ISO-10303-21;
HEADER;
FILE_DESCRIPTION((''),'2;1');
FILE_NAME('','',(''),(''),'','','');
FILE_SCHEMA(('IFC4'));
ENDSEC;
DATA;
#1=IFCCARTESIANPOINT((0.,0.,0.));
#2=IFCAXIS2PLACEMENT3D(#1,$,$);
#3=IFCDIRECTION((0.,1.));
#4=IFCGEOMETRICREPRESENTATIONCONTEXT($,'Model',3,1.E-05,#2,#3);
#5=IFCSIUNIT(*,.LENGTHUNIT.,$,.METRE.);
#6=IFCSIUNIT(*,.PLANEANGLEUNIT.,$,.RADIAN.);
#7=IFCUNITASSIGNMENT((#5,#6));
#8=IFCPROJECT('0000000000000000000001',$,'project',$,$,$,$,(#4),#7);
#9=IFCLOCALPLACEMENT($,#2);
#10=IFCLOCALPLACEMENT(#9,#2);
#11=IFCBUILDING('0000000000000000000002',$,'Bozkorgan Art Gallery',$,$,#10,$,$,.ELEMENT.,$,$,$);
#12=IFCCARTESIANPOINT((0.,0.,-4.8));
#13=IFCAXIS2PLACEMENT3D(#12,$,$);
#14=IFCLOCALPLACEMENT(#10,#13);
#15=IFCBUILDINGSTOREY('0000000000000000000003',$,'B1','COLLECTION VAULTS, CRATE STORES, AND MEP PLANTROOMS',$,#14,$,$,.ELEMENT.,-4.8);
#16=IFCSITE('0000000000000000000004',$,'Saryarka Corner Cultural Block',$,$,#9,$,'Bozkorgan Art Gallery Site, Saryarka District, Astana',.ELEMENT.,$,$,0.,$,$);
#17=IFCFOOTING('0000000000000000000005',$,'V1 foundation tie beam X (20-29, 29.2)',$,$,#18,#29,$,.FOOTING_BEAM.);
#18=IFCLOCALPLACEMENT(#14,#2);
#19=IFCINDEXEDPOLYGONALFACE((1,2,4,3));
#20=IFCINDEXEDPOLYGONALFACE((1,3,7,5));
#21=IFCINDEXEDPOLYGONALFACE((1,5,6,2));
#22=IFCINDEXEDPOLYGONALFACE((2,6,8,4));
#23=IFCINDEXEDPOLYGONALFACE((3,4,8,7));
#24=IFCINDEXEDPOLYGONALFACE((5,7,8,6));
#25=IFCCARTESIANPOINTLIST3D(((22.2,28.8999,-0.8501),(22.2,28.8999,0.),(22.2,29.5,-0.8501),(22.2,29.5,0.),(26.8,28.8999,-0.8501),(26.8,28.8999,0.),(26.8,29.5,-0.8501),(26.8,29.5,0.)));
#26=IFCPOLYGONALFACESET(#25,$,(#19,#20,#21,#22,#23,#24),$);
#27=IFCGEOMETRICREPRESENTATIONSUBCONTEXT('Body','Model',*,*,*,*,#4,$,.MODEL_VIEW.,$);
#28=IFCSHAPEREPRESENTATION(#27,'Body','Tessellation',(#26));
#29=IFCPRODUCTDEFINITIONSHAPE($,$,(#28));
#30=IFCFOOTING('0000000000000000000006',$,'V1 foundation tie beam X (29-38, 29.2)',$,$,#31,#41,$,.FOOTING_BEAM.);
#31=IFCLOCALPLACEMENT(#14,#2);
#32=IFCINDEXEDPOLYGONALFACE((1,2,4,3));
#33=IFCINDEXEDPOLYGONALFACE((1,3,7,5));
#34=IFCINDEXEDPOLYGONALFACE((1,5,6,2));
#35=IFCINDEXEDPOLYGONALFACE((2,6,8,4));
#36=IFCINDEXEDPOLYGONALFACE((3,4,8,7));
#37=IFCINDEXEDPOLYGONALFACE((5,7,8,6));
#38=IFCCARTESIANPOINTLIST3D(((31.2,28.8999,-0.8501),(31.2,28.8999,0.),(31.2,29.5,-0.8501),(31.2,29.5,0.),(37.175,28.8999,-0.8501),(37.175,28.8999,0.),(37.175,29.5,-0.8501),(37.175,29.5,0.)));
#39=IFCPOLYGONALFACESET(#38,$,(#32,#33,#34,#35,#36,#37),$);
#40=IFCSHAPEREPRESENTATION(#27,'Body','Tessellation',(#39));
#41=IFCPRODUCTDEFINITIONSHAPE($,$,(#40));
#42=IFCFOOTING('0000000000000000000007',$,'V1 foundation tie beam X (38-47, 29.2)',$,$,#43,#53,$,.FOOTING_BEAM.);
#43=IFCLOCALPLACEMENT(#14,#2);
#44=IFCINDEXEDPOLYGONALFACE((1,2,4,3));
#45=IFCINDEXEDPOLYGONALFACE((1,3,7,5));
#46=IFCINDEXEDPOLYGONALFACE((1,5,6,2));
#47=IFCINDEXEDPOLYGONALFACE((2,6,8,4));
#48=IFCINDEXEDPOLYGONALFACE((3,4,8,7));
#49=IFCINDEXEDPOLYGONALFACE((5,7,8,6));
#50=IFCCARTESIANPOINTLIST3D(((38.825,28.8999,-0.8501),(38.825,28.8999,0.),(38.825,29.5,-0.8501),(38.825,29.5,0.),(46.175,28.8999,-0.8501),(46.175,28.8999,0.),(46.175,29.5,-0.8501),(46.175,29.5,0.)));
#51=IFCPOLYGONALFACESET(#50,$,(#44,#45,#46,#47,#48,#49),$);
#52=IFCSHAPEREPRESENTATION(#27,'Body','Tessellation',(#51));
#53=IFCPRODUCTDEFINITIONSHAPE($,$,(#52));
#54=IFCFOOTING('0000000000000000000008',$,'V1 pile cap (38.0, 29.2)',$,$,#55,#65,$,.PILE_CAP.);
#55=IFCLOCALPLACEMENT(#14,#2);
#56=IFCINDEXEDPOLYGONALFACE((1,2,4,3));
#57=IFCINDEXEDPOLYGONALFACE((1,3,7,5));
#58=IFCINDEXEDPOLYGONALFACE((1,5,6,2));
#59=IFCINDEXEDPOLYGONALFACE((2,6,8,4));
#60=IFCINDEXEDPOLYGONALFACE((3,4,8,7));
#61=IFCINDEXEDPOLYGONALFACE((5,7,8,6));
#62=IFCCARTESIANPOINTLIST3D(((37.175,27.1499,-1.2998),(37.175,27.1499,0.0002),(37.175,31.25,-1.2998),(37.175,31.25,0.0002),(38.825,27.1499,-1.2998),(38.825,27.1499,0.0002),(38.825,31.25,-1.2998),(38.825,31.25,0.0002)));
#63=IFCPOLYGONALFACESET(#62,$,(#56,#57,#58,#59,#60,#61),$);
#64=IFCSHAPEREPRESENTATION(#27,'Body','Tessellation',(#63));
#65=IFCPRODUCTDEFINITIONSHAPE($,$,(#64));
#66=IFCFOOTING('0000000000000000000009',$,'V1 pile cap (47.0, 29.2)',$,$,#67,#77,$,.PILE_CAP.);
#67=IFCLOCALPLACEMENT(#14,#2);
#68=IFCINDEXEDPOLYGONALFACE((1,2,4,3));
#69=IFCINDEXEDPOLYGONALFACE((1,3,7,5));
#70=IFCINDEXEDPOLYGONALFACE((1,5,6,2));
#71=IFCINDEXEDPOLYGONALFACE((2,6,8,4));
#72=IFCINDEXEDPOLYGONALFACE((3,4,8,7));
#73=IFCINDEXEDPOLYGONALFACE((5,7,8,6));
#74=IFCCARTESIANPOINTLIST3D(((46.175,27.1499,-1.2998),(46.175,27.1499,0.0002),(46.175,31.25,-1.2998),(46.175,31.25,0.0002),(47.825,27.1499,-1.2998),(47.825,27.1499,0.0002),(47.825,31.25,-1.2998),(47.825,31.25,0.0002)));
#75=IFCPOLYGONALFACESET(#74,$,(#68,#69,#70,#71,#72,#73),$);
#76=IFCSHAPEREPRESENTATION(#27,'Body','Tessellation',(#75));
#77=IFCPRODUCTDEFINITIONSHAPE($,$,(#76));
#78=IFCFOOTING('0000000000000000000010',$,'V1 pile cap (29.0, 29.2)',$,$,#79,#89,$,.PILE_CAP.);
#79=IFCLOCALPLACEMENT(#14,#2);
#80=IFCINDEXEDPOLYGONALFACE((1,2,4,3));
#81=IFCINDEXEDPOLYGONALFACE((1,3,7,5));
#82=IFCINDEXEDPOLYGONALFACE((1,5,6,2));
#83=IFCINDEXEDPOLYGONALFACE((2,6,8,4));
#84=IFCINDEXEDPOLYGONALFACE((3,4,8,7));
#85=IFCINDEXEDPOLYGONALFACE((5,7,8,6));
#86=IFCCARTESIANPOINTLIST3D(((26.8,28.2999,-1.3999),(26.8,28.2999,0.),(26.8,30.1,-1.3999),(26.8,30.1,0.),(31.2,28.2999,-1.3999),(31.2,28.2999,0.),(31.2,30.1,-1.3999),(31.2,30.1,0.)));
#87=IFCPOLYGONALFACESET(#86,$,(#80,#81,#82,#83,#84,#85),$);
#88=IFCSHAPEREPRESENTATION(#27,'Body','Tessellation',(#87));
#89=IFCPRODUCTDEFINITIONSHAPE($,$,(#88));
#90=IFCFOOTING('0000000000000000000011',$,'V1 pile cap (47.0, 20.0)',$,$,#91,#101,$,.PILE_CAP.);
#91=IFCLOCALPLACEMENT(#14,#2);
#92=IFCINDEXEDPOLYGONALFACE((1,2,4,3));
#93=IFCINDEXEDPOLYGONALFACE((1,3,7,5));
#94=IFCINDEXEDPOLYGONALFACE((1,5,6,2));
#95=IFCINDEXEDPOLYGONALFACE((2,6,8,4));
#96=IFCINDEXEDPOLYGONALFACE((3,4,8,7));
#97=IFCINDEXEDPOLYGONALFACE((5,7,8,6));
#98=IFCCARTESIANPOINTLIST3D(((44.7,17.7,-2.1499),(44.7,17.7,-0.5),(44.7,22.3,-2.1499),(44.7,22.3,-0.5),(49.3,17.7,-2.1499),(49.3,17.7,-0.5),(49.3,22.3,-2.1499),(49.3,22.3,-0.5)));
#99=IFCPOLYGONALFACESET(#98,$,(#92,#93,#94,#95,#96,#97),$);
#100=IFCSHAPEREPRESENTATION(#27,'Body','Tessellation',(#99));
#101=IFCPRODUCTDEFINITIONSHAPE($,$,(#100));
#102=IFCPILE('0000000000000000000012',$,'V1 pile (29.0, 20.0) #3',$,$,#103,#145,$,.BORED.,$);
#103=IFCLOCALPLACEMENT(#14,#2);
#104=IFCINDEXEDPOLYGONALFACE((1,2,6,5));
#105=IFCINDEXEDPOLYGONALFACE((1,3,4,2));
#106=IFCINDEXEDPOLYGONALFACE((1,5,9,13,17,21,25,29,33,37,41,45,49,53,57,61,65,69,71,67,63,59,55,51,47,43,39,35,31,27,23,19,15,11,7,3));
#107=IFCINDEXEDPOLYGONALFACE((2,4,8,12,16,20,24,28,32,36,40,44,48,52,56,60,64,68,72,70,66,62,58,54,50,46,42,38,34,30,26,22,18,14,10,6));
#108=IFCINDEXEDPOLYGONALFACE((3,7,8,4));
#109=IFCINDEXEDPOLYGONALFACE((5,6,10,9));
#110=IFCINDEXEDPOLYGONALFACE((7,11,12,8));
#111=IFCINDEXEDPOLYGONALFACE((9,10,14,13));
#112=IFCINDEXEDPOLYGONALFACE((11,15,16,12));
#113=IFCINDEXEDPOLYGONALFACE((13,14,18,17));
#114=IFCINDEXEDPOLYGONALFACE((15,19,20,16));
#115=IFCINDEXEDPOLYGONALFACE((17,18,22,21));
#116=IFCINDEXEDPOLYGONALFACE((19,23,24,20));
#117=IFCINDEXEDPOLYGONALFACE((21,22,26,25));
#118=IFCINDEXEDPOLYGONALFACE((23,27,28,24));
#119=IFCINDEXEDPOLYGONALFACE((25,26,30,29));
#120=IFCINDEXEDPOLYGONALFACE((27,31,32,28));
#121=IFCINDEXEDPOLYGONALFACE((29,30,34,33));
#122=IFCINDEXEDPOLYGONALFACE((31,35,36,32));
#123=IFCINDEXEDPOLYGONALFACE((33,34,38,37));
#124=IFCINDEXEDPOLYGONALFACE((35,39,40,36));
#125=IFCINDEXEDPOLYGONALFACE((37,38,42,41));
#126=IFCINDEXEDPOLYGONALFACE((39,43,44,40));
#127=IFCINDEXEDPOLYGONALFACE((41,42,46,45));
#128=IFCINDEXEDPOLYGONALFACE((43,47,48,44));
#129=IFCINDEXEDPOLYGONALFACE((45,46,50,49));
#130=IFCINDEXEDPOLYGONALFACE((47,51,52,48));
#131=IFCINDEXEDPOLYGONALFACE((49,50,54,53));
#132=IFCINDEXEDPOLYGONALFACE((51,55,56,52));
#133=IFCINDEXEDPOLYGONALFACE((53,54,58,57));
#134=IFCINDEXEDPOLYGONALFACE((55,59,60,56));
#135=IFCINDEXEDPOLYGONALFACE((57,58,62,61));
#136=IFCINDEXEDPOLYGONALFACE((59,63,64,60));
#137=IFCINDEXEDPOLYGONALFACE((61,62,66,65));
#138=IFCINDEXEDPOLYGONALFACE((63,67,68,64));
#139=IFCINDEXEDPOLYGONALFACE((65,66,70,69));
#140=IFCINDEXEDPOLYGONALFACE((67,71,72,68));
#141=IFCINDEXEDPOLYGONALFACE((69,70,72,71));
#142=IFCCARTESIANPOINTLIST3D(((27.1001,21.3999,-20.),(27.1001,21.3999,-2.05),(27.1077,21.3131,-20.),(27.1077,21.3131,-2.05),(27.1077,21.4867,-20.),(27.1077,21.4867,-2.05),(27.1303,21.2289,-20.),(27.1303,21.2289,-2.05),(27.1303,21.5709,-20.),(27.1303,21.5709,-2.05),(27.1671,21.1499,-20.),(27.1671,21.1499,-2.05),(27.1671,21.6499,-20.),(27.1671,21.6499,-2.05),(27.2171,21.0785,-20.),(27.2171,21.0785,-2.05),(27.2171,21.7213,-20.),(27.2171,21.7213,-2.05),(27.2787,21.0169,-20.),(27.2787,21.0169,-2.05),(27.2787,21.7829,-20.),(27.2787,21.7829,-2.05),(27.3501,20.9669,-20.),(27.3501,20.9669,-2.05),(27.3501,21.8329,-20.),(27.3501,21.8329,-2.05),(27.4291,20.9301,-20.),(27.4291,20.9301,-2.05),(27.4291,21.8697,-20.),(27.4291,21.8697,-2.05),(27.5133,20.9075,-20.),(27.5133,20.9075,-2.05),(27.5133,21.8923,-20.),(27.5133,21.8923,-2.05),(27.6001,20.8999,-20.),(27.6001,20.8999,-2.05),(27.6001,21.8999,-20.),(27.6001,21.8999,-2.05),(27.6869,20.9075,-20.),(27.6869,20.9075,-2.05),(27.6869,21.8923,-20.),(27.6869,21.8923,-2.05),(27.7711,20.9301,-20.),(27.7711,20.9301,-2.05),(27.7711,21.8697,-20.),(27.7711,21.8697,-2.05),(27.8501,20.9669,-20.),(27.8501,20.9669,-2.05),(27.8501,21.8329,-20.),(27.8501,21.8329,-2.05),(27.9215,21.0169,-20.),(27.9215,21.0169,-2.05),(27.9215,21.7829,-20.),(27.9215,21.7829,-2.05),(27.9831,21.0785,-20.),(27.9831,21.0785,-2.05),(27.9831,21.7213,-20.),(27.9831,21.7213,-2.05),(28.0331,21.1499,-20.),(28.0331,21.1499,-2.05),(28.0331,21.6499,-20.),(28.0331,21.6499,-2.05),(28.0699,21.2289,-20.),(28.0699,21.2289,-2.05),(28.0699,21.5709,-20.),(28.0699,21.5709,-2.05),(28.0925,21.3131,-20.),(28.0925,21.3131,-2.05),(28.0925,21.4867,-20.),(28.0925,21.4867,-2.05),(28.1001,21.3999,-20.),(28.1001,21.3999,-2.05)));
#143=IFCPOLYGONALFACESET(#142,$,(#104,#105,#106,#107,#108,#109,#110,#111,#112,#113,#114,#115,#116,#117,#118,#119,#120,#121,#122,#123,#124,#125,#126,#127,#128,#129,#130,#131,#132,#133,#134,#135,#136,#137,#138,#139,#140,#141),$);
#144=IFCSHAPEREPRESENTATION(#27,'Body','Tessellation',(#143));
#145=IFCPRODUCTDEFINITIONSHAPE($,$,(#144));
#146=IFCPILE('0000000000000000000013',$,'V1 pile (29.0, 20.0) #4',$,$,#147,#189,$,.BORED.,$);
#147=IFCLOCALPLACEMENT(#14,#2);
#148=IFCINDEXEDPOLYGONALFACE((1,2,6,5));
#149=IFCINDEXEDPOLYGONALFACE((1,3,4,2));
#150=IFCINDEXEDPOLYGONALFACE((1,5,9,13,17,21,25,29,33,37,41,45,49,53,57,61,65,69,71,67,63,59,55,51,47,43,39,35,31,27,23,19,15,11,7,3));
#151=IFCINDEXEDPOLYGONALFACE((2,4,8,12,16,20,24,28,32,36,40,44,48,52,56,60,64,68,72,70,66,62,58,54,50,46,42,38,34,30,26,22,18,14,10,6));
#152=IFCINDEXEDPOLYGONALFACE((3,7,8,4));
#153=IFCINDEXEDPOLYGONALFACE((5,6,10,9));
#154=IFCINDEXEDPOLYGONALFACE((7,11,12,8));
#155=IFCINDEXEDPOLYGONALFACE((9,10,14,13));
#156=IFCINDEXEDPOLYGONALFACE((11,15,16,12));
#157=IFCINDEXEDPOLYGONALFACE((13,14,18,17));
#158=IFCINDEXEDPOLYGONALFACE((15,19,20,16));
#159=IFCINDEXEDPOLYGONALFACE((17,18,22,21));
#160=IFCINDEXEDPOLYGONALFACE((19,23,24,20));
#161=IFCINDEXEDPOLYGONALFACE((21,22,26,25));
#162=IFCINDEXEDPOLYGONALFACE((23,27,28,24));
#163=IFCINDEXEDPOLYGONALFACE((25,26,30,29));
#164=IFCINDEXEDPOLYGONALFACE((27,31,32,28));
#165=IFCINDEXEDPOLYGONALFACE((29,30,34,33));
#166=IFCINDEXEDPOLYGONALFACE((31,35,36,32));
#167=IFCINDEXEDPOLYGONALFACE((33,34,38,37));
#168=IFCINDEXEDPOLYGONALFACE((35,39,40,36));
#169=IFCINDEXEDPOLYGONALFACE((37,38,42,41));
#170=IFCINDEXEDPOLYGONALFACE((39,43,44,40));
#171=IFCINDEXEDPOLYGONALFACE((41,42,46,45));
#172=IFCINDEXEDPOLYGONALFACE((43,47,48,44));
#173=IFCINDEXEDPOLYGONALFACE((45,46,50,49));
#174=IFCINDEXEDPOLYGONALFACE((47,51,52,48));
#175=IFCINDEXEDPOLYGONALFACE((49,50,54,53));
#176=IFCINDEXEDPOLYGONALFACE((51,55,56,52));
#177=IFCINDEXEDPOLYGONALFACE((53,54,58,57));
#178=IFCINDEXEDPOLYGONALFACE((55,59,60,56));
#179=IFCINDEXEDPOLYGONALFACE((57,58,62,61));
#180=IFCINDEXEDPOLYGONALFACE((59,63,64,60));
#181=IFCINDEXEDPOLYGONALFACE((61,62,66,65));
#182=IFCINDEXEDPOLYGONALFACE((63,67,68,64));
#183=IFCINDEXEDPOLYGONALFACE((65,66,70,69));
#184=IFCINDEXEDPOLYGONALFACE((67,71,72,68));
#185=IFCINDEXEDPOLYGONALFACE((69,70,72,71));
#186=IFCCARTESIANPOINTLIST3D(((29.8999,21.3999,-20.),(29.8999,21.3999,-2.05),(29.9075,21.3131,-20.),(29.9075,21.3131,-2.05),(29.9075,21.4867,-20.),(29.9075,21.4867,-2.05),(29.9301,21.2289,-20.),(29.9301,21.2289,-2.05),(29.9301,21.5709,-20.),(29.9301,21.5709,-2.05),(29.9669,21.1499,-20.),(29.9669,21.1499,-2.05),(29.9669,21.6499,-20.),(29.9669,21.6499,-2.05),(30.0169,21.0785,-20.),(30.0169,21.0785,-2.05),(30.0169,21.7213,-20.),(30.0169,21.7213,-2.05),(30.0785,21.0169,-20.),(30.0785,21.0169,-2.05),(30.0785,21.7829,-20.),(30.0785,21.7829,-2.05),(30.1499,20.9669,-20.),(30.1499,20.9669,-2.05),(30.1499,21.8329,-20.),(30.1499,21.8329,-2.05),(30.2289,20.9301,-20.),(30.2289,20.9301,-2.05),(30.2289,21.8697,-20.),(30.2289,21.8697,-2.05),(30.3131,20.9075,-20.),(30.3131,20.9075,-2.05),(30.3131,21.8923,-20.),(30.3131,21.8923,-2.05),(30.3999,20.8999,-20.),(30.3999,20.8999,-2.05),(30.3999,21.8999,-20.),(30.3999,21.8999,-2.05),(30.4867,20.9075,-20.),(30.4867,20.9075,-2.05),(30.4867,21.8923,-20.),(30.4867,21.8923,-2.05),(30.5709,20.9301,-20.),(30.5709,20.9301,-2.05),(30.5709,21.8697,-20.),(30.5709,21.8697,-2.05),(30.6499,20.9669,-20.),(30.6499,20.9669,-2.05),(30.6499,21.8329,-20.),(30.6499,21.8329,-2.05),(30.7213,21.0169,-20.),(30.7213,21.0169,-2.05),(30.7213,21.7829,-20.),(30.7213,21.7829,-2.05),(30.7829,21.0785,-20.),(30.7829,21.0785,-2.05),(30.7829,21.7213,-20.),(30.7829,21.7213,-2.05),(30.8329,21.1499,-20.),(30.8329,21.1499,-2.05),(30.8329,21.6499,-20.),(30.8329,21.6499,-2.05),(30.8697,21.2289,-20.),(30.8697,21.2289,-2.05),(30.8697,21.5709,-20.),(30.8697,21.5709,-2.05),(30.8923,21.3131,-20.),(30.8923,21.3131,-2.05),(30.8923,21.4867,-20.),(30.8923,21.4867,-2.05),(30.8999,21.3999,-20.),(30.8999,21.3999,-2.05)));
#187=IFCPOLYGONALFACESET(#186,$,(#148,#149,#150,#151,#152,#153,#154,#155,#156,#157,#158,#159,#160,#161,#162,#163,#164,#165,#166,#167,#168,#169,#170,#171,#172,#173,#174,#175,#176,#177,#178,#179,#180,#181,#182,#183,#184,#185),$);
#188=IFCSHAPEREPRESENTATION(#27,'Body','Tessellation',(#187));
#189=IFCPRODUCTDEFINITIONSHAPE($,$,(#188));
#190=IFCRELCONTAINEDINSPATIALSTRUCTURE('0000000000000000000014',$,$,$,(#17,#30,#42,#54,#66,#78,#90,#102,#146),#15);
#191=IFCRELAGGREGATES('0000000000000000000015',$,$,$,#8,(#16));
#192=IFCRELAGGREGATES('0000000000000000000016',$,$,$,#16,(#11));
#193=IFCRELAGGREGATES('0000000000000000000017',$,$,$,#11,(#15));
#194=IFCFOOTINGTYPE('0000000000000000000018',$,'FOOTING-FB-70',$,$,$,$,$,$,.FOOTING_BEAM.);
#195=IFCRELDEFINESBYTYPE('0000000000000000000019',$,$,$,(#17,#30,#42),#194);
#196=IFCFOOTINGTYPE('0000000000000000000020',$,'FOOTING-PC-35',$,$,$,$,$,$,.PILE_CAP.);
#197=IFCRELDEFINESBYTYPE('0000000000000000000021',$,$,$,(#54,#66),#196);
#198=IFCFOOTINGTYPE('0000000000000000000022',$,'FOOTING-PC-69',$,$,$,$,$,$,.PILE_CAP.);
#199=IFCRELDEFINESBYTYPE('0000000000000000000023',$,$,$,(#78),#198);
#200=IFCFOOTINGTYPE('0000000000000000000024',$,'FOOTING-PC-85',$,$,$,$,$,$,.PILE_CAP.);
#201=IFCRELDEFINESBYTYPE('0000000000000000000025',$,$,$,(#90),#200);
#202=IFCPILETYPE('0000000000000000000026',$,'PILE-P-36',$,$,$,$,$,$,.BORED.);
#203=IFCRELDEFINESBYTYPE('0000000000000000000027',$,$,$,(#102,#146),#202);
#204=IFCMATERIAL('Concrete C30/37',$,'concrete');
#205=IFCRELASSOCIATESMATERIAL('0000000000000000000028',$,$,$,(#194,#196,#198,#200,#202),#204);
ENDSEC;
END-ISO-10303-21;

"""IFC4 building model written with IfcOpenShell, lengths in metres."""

from ifc_helpers import new_model, si_unit, direction, frame, origin, origin_2d, place, context, subcontext, project, spatial, rectangle, circle, extrude, material, material_profile, profile_set, type_object, element, save


model = new_model("IFC4")

# Units and contexts
model_context = context("Model", 3, precision=1e-05, world=origin(), true_north=direction((0.0, 1.0)))
body_context = subcontext(model_context, "Body", "Model", "MODEL_VIEW")
ifc_project = project(units=[si_unit("LENGTHUNIT", "METRE"), si_unit("PLANEANGLEUNIT", "RADIAN")], contexts=[model_context])

# Site, building, storey
site_placement = place(None, origin())
site = spatial("IfcSite", under=ifc_project, at=site_placement, Name="Saryarka Corner Cultural Block", LongName="Bozkorgan Art Gallery Site, Saryarka District, Astana", CompositionType="ELEMENT", RefElevation=0.0)
building_placement = place(site_placement, origin())
building = spatial("IfcBuilding", under=site, at=building_placement, Name="Bozkorgan Art Gallery", CompositionType="ELEMENT")
storey_placement = place(building_placement, frame((0.0, 0.0, -4.8)))
storey = spatial("IfcBuildingStorey", under=building, at=storey_placement, Name="B1", Description="COLLECTION VAULTS, CRATE STORES, AND MEP PLANTROOMS", CompositionType="ELEMENT", Elevation=-4.8)

# Footings
ifc_material_1 = material(Name="Concrete C30/37", Category="concrete")
ifc_material_profile_1 = material_profile(ifc_material_1, rectangle(XDim=0.6001, YDim=0.8501, at=origin_2d()), Name="FND 600x850")
ifc_profile_set_1 = profile_set([ifc_material_profile_1], Name="Concrete C30/37")
footing_type_1 = type_object("IfcFootingType", Name="FOOTING-FB-70", PredefinedType="FOOTING_BEAM", material=ifc_profile_set_1)
footing_1_placement = place(storey_placement, frame((22.2, 29.2, -0.425), z_axis=(1.0, 0.0, 0.0), x_axis=(0.0, 1.0, 0.0)))
element("IfcFooting", 1, at=footing_1_placement, inside=storey, type_object=footing_type_1, Name="V1 foundation tie beam X (20-29, 29.2)", PredefinedType="FOOTING_BEAM", context=body_context, shape_type="SweptSolid", body=[
    extrude(rectangle(XDim=0.6001, YDim=0.8501, at=origin_2d()), origin(), (0.0, 0.0, 1.0), 4.6001),
])
footing_2_placement = place(storey_placement, frame((31.2, 29.2, -0.425), z_axis=(1.0, 0.0, 0.0), x_axis=(0.0, 1.0, 0.0)))
element("IfcFooting", 2, at=footing_2_placement, inside=storey, type_object=footing_type_1, Name="V1 foundation tie beam X (29-38, 29.2)", PredefinedType="FOOTING_BEAM", context=body_context, shape_type="SweptSolid", body=[
    extrude(rectangle(XDim=0.6001, YDim=0.8501, at=origin_2d()), origin(), (0.0, 0.0, 1.0), 5.9751),
])
footing_3_placement = place(storey_placement, frame((38.825, 29.2, -0.425), z_axis=(1.0, 0.0, 0.0), x_axis=(0.0, 1.0, 0.0)))
element("IfcFooting", 3, at=footing_3_placement, inside=storey, type_object=footing_type_1, Name="V1 foundation tie beam X (38-47, 29.2)", PredefinedType="FOOTING_BEAM", context=body_context, shape_type="SweptSolid", body=[
    extrude(rectangle(XDim=0.6001, YDim=0.8501, at=origin_2d()), origin(), (0.0, 0.0, 1.0), 7.3501),
])
footing_type_2 = type_object("IfcFootingType", Name="FOOTING-PC-35", PredefinedType="PILE_CAP", material=ifc_material_1)
for number, where, z_axis, x_axis, name in (
    (4, (38.0, 29.2, -1.2998), (0.0, 0.0, 1.0), (1.0, 0.0, 0.0), "V1 pile cap (38.0, 29.2)"),
    (5, (47.0, 29.2, -1.2998), (0.0, 0.0, 1.0), (1.0, 0.0, 0.0), "V1 pile cap (47.0, 29.2)"),
):
    element("IfcFooting", number, at=place(storey_placement, frame(where, z_axis=z_axis, x_axis=x_axis)), inside=storey, type_object=footing_type_2, Name=name, PredefinedType="PILE_CAP", context=body_context, shape_type="SweptSolid", body=[
        extrude(rectangle(XDim=1.6499, YDim=4.1001, at=origin_2d()), origin(), (0.0, 0.0, 1.0), 1.3),
    ])
footing_type_3 = type_object("IfcFootingType", Name="FOOTING-PC-69", PredefinedType="PILE_CAP", material=ifc_material_1)
footing_4_placement = place(storey_placement, frame((29.0, 29.2, -1.3999), z_axis=(0.0, 0.0, 1.0), x_axis=(1.0, 0.0, 0.0)))
element("IfcFooting", 6, at=footing_4_placement, inside=storey, type_object=footing_type_3, Name="V1 pile cap (29.0, 29.2)", PredefinedType="PILE_CAP", context=body_context, shape_type="SweptSolid", body=[
    extrude(rectangle(XDim=4.3999, YDim=1.8, at=origin_2d()), origin(), (0.0, 0.0, 1.0), 1.3999),
])
footing_type_4 = type_object("IfcFootingType", Name="FOOTING-PC-85", PredefinedType="PILE_CAP", material=ifc_material_1)
footing_5_placement = place(storey_placement, frame((47.0, 20.0, -2.1499), z_axis=(0.0, 0.0, 1.0), x_axis=(1.0, 0.0, 0.0)))
element("IfcFooting", 7, at=footing_5_placement, inside=storey, type_object=footing_type_4, Name="V1 pile cap (47.0, 20.0)", PredefinedType="PILE_CAP", context=body_context, shape_type="SweptSolid", body=[
    extrude(rectangle(XDim=4.6001, YDim=4.6001, at=origin_2d()), origin(), (0.0, 0.0, 1.0), 1.6499),
])

# Piles
ifc_material_profile_2 = material_profile(ifc_material_1, circle(Radius=0.5, at=origin_2d()), Name="PILE D1000")
ifc_profile_set_2 = profile_set([ifc_material_profile_2], Name="Concrete C30/37")
pile_type_1 = type_object("IfcPileType", Name="PILE-P-36", PredefinedType="BORED", material=ifc_profile_set_2)
for number, where, z_axis, x_axis, name in (
    (8, (27.6001, 21.3999, -2.05), (0.0, 0.0, -1.0), (1.0, 0.0, 0.0), "V1 pile (29.0, 20.0) #3"),
    (9, (30.3999, 21.3999, -2.05), (0.0, 0.0, -1.0), (1.0, 0.0, 0.0), "V1 pile (29.0, 20.0) #4"),
):
    element("IfcPile", number, at=place(storey_placement, frame(where, z_axis=z_axis, x_axis=x_axis)), inside=storey, type_object=pile_type_1, Name=name, PredefinedType="BORED", context=body_context, shape_type="SweptSolid", body=[
        extrude(circle(Radius=0.5, at=origin_2d()), origin(), (0.0, 0.0, 1.0), 17.95),
    ])

save(model, "model.ifc")
